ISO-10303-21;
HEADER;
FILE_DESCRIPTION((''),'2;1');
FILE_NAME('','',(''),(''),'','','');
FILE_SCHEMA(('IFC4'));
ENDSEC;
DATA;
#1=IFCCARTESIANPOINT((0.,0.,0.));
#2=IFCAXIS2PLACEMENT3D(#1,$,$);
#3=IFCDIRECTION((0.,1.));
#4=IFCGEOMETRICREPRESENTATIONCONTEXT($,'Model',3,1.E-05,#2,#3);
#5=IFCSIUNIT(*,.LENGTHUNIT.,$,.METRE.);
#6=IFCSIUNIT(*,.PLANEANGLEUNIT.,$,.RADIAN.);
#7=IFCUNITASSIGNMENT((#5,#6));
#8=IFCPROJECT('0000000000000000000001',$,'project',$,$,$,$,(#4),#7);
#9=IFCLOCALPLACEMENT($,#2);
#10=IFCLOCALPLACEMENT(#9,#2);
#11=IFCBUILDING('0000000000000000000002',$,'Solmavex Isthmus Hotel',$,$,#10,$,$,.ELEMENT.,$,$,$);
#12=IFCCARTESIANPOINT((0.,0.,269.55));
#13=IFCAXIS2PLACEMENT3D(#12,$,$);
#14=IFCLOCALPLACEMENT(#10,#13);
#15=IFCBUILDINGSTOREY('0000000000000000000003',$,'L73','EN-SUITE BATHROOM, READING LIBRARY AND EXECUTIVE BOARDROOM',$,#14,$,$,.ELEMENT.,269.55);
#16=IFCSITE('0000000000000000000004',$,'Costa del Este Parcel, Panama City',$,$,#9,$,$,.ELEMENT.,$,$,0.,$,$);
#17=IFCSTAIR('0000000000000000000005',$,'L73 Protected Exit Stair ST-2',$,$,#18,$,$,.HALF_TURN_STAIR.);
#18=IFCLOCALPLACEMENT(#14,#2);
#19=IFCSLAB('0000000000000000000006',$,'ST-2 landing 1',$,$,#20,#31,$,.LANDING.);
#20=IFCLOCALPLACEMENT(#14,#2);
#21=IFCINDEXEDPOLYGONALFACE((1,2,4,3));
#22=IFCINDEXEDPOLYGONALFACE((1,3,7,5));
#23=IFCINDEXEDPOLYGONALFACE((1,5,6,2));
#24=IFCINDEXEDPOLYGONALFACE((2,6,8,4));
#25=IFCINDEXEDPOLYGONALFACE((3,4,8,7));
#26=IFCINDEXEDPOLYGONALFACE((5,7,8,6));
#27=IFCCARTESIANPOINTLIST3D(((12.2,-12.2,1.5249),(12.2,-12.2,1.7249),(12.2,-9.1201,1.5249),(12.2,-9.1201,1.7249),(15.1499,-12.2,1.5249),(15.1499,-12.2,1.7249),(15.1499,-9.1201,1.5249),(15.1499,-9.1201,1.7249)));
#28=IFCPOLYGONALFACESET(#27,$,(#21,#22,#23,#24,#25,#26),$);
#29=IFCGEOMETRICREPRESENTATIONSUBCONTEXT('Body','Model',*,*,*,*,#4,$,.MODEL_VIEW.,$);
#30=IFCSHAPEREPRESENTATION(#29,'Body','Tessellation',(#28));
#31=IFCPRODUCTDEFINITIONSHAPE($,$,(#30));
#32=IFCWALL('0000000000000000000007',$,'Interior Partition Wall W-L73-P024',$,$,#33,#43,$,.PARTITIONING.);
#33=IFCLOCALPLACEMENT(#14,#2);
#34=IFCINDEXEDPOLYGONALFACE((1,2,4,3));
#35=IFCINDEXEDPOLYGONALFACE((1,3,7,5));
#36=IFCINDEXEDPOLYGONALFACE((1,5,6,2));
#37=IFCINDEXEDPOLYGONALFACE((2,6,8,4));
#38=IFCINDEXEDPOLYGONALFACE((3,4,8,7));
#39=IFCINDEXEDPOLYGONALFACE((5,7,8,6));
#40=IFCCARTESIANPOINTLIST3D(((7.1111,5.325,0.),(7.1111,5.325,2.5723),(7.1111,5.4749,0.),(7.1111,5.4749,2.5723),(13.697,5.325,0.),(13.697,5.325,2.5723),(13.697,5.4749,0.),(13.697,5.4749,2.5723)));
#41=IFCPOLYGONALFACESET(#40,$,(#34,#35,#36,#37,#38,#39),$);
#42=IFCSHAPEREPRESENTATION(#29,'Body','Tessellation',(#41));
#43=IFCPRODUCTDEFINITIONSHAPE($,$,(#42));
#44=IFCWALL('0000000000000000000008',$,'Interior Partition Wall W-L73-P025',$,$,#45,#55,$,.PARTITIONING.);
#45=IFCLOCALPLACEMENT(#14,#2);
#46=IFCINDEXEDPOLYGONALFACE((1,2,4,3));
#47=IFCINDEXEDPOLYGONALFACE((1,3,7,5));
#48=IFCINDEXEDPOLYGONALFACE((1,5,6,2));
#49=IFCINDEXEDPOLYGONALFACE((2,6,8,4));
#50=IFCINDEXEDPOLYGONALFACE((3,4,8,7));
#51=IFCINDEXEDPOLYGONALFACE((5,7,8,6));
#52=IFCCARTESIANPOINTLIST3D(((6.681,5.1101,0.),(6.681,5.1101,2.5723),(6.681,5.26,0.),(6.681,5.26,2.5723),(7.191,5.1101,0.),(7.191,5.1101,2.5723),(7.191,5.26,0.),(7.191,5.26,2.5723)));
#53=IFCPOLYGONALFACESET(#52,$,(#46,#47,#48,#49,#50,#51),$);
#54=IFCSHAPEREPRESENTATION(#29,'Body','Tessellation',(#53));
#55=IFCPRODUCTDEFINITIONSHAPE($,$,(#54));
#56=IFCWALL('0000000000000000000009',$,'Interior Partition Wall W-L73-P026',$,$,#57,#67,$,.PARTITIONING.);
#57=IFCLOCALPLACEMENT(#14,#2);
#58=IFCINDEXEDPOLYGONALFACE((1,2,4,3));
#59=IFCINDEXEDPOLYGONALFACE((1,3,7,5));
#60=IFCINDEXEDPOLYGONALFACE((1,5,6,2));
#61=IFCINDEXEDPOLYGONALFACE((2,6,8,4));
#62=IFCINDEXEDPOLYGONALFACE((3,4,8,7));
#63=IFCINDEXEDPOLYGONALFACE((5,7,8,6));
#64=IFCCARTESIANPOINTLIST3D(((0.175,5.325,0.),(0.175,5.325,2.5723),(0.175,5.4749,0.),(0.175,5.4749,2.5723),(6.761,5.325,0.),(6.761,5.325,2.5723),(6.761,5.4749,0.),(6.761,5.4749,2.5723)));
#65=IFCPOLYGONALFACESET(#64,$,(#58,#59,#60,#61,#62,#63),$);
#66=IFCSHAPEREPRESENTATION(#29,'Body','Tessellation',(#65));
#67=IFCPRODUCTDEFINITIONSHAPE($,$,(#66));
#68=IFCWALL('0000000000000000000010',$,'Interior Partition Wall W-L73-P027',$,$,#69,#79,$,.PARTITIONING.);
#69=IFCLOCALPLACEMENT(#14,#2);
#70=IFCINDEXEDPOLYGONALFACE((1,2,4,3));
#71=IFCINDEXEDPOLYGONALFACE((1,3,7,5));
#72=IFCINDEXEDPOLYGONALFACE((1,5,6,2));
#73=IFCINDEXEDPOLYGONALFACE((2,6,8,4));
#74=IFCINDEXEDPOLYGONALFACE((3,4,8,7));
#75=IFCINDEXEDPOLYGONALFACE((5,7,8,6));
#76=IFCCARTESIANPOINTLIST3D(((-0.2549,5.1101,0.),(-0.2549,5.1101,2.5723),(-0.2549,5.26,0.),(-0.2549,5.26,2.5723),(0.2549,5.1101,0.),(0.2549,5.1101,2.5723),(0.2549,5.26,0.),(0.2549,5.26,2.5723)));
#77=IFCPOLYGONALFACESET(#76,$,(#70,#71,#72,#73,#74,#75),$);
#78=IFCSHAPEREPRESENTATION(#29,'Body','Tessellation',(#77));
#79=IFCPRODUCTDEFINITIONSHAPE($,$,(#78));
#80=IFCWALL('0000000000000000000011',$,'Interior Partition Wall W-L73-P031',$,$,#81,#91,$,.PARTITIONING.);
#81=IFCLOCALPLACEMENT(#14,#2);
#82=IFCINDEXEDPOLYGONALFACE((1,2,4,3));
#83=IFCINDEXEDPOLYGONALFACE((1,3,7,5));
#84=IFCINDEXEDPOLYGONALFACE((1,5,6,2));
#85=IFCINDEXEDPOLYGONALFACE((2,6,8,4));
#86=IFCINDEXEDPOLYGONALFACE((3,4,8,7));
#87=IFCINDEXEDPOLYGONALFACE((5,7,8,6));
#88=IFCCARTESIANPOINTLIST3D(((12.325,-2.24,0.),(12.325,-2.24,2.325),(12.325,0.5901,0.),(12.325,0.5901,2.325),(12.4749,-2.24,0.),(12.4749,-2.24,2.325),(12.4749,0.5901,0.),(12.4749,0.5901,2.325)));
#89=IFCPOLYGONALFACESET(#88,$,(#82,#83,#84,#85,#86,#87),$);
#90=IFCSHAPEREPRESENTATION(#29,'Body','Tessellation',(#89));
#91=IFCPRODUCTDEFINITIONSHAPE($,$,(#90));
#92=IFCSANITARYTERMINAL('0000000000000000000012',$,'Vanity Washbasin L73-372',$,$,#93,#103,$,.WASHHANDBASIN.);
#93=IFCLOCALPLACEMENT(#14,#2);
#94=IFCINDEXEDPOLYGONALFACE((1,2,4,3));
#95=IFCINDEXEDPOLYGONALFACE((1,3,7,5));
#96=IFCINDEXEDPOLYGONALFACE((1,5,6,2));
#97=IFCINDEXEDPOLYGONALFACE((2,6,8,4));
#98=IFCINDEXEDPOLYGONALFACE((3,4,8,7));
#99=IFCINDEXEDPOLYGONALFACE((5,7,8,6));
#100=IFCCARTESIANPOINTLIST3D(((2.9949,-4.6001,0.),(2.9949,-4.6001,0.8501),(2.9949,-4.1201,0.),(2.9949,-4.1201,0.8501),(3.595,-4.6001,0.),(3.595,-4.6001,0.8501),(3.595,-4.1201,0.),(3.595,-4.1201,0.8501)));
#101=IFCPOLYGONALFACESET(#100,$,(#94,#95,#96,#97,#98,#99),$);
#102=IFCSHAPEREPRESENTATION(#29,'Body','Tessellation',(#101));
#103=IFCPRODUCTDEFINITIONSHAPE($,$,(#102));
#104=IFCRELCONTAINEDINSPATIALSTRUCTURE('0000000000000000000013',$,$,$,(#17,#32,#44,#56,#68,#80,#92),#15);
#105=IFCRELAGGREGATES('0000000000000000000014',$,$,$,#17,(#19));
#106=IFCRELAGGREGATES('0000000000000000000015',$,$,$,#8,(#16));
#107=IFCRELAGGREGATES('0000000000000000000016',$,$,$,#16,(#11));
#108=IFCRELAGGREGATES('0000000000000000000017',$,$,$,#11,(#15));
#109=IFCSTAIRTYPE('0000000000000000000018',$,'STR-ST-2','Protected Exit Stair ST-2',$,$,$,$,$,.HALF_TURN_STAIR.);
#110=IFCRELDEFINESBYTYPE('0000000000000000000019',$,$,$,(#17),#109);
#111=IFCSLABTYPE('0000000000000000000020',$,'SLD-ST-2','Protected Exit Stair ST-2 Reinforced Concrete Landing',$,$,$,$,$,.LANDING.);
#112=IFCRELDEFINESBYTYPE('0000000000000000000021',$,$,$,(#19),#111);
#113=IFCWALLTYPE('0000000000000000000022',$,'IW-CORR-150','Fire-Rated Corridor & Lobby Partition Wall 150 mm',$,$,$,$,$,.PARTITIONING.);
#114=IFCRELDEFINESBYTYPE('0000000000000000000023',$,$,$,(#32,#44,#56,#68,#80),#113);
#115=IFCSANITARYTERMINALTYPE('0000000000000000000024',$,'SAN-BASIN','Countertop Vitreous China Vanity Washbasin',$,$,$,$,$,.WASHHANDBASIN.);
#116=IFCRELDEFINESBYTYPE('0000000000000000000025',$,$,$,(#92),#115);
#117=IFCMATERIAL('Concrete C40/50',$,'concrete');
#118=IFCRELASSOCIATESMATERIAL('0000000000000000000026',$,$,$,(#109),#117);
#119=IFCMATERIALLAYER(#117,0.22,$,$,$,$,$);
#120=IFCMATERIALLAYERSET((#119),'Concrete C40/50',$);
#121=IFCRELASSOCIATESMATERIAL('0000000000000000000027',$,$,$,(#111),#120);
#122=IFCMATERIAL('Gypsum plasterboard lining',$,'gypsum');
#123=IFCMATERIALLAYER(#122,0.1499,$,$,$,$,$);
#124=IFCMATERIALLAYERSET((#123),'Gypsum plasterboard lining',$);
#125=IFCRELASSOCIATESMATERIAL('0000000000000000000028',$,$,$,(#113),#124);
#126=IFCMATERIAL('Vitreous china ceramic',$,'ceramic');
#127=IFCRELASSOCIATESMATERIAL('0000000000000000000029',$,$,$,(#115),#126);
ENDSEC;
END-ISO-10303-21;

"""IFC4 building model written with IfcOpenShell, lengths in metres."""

from ifc_helpers import new_model, si_unit, direction, frame, frame_2d, origin, origin_2d, place, context, subcontext, project, spatial, polyline, rectangle, outline, extrude, material, layer, layer_set, type_object, element, aggregate, save


model = new_model("IFC4")

# Units and contexts
model_context = context("Model", 3, precision=1e-05, world=origin(), true_north=direction((0.0, 1.0)))
body_context = subcontext(model_context, "Body", "Model", "MODEL_VIEW")
ifc_project = project(units=[si_unit("LENGTHUNIT", "METRE"), si_unit("PLANEANGLEUNIT", "RADIAN")], contexts=[model_context])

# Site, building, storey
site_placement = place(None, origin())
site = spatial("IfcSite", under=ifc_project, at=site_placement, Name="Costa del Este Parcel, Panama City", CompositionType="ELEMENT", RefElevation=0.0)
building_placement = place(site_placement, origin())
building = spatial("IfcBuilding", under=site, at=building_placement, Name="Solmavex Isthmus Hotel", CompositionType="ELEMENT")
storey_placement = place(building_placement, frame((0.0, 0.0, 269.55)))
storey = spatial("IfcBuildingStorey", under=building, at=storey_placement, Name="L73", Description="EN-SUITE BATHROOM, READING LIBRARY AND EXECUTIVE BOARDROOM", CompositionType="ELEMENT", Elevation=269.55)

# Shared definitions
ifc_material_1 = material(Name="Concrete C40/50", Category="concrete")

# Stair, slab
stair_type_1 = type_object("IfcStairType", Name="STR-ST-2", Description="Protected Exit Stair ST-2", PredefinedType="HALF_TURN_STAIR", material=ifc_material_1)
stair_1_placement = place(storey_placement, origin())
stair_1 = element("IfcStair", 1, at=stair_1_placement, inside=storey, type_object=stair_type_1, Name="L73 Protected Exit Stair ST-2", PredefinedType="HALF_TURN_STAIR")
ifc_layer_1 = layer(ifc_material_1, 0.22)
ifc_layer_set_1 = layer_set([ifc_layer_1], Name="Concrete C40/50")
slab_type_1 = type_object("IfcSlabType", Name="SLD-ST-2", Description="Protected Exit Stair ST-2 Reinforced Concrete Landing", PredefinedType="LANDING", material=ifc_layer_set_1)
slab_1_placement = place(storey_placement, frame((0.0, 0.0, 1.5249)))
slab_1 = element("IfcSlab", 2, at=slab_1_placement, type_object=slab_type_1, Name="ST-2 landing 1", PredefinedType="LANDING", context=body_context, shape_type="SweptSolid", body=[
    extrude(outline(polyline([(12.2, -9.1201), (12.2, -12.2), (15.1499, -12.2), (15.1499, -9.1201), (12.2, -9.1201)])), origin(), (0.0, 0.0, 1.0), 0.2),
])
aggregate(stair_1, [slab_1])

# Walls
ifc_material_2 = material(Name="Gypsum plasterboard lining", Category="gypsum")
ifc_layer_2 = layer(ifc_material_2, 0.1499)
ifc_layer_set_2 = layer_set([ifc_layer_2], Name="Gypsum plasterboard lining")
wall_type = type_object("IfcWallType", Name="IW-CORR-150", Description="Fire-Rated Corridor & Lobby Partition Wall 150 mm", PredefinedType="PARTITIONING", material=ifc_layer_set_2)
wall_1_placement = place(storey_placement, frame((13.697, 5.3999, 0.0), z_axis=(0.0, 0.0, 1.0), x_axis=(-1.0, 0.0, 0.0)))
element("IfcWall", 3, at=wall_1_placement, inside=storey, type_object=wall_type, Name="Interior Partition Wall W-L73-P024", PredefinedType="PARTITIONING", context=body_context, shape_type="SweptSolid", body=[
    extrude(rectangle(XDim=6.5859, YDim=0.1499, at=frame_2d((3.293, 0.0))), origin(), (0.0, 0.0, 1.0), 2.5723),
])
wall_2_placement = place(storey_placement, frame((7.1909, 5.1851, 0.0), z_axis=(0.0, 0.0, 1.0), x_axis=(-1.0, 0.0, 0.0)))
element("IfcWall", 4, at=wall_2_placement, inside=storey, type_object=wall_type, Name="Interior Partition Wall W-L73-P025", PredefinedType="PARTITIONING", context=body_context, shape_type="SweptSolid", body=[
    extrude(rectangle(XDim=0.51, YDim=0.1499, at=frame_2d((0.2549, 0.0))), origin(), (0.0, 0.0, 1.0), 2.5723),
])
wall_3_placement = place(storey_placement, frame((6.761, 5.3999, 0.0), z_axis=(0.0, 0.0, 1.0), x_axis=(-1.0, 0.0, 0.0)))
element("IfcWall", 5, at=wall_3_placement, inside=storey, type_object=wall_type, Name="Interior Partition Wall W-L73-P026", PredefinedType="PARTITIONING", context=body_context, shape_type="SweptSolid", body=[
    extrude(rectangle(XDim=6.5859, YDim=0.1499, at=frame_2d((3.293, 0.0))), origin(), (0.0, 0.0, 1.0), 2.5723),
])
wall_4_placement = place(storey_placement, frame((0.2549, 5.1851, 0.0), z_axis=(0.0, 0.0, 1.0), x_axis=(-1.0, 0.0, 0.0)))
element("IfcWall", 6, at=wall_4_placement, inside=storey, type_object=wall_type, Name="Interior Partition Wall W-L73-P027", PredefinedType="PARTITIONING", context=body_context, shape_type="SweptSolid", body=[
    extrude(rectangle(XDim=0.5098, YDim=0.1499, at=frame_2d((0.2549, 0.0))), origin(), (0.0, 0.0, 1.0), 2.5723),
])
wall_5_placement = place(storey_placement, frame((12.3999, 0.5901, 0.0), z_axis=(0.0, 0.0, 1.0), x_axis=(0.0, -1.0, 0.0)))
element("IfcWall", 7, at=wall_5_placement, inside=storey, type_object=wall_type, Name="Interior Partition Wall W-L73-P031", PredefinedType="PARTITIONING", context=body_context, shape_type="SweptSolid", body=[
    extrude(rectangle(XDim=2.8301, YDim=0.1499, at=frame_2d((1.415, 0.0))), origin(), (0.0, 0.0, 1.0), 2.325),
])

# Sanitary terminal
ifc_material_3 = material(Name="Vitreous china ceramic", Category="ceramic")
sanitary_terminal_type = type_object("IfcSanitaryTerminalType", Name="SAN-BASIN", Description="Countertop Vitreous China Vanity Washbasin", PredefinedType="WASHHANDBASIN", material=ifc_material_3)
sanitary_terminal_placement = place(storey_placement, frame((3.2949, -4.3601, 0.0), z_axis=(0.0, 0.0, 1.0), x_axis=(1.0, 0.0, 0.0)))
element("IfcSanitaryTerminal", 8, at=sanitary_terminal_placement, inside=storey, type_object=sanitary_terminal_type, Name="Vanity Washbasin L73-372", PredefinedType="WASHHANDBASIN", context=body_context, shape_type="SweptSolid", body=[
    extrude(rectangle(XDim=0.6001, YDim=0.48, at=origin_2d()), origin(), (0.0, 0.0, 1.0), 0.8501),
])

save(model, "model.ifc")
